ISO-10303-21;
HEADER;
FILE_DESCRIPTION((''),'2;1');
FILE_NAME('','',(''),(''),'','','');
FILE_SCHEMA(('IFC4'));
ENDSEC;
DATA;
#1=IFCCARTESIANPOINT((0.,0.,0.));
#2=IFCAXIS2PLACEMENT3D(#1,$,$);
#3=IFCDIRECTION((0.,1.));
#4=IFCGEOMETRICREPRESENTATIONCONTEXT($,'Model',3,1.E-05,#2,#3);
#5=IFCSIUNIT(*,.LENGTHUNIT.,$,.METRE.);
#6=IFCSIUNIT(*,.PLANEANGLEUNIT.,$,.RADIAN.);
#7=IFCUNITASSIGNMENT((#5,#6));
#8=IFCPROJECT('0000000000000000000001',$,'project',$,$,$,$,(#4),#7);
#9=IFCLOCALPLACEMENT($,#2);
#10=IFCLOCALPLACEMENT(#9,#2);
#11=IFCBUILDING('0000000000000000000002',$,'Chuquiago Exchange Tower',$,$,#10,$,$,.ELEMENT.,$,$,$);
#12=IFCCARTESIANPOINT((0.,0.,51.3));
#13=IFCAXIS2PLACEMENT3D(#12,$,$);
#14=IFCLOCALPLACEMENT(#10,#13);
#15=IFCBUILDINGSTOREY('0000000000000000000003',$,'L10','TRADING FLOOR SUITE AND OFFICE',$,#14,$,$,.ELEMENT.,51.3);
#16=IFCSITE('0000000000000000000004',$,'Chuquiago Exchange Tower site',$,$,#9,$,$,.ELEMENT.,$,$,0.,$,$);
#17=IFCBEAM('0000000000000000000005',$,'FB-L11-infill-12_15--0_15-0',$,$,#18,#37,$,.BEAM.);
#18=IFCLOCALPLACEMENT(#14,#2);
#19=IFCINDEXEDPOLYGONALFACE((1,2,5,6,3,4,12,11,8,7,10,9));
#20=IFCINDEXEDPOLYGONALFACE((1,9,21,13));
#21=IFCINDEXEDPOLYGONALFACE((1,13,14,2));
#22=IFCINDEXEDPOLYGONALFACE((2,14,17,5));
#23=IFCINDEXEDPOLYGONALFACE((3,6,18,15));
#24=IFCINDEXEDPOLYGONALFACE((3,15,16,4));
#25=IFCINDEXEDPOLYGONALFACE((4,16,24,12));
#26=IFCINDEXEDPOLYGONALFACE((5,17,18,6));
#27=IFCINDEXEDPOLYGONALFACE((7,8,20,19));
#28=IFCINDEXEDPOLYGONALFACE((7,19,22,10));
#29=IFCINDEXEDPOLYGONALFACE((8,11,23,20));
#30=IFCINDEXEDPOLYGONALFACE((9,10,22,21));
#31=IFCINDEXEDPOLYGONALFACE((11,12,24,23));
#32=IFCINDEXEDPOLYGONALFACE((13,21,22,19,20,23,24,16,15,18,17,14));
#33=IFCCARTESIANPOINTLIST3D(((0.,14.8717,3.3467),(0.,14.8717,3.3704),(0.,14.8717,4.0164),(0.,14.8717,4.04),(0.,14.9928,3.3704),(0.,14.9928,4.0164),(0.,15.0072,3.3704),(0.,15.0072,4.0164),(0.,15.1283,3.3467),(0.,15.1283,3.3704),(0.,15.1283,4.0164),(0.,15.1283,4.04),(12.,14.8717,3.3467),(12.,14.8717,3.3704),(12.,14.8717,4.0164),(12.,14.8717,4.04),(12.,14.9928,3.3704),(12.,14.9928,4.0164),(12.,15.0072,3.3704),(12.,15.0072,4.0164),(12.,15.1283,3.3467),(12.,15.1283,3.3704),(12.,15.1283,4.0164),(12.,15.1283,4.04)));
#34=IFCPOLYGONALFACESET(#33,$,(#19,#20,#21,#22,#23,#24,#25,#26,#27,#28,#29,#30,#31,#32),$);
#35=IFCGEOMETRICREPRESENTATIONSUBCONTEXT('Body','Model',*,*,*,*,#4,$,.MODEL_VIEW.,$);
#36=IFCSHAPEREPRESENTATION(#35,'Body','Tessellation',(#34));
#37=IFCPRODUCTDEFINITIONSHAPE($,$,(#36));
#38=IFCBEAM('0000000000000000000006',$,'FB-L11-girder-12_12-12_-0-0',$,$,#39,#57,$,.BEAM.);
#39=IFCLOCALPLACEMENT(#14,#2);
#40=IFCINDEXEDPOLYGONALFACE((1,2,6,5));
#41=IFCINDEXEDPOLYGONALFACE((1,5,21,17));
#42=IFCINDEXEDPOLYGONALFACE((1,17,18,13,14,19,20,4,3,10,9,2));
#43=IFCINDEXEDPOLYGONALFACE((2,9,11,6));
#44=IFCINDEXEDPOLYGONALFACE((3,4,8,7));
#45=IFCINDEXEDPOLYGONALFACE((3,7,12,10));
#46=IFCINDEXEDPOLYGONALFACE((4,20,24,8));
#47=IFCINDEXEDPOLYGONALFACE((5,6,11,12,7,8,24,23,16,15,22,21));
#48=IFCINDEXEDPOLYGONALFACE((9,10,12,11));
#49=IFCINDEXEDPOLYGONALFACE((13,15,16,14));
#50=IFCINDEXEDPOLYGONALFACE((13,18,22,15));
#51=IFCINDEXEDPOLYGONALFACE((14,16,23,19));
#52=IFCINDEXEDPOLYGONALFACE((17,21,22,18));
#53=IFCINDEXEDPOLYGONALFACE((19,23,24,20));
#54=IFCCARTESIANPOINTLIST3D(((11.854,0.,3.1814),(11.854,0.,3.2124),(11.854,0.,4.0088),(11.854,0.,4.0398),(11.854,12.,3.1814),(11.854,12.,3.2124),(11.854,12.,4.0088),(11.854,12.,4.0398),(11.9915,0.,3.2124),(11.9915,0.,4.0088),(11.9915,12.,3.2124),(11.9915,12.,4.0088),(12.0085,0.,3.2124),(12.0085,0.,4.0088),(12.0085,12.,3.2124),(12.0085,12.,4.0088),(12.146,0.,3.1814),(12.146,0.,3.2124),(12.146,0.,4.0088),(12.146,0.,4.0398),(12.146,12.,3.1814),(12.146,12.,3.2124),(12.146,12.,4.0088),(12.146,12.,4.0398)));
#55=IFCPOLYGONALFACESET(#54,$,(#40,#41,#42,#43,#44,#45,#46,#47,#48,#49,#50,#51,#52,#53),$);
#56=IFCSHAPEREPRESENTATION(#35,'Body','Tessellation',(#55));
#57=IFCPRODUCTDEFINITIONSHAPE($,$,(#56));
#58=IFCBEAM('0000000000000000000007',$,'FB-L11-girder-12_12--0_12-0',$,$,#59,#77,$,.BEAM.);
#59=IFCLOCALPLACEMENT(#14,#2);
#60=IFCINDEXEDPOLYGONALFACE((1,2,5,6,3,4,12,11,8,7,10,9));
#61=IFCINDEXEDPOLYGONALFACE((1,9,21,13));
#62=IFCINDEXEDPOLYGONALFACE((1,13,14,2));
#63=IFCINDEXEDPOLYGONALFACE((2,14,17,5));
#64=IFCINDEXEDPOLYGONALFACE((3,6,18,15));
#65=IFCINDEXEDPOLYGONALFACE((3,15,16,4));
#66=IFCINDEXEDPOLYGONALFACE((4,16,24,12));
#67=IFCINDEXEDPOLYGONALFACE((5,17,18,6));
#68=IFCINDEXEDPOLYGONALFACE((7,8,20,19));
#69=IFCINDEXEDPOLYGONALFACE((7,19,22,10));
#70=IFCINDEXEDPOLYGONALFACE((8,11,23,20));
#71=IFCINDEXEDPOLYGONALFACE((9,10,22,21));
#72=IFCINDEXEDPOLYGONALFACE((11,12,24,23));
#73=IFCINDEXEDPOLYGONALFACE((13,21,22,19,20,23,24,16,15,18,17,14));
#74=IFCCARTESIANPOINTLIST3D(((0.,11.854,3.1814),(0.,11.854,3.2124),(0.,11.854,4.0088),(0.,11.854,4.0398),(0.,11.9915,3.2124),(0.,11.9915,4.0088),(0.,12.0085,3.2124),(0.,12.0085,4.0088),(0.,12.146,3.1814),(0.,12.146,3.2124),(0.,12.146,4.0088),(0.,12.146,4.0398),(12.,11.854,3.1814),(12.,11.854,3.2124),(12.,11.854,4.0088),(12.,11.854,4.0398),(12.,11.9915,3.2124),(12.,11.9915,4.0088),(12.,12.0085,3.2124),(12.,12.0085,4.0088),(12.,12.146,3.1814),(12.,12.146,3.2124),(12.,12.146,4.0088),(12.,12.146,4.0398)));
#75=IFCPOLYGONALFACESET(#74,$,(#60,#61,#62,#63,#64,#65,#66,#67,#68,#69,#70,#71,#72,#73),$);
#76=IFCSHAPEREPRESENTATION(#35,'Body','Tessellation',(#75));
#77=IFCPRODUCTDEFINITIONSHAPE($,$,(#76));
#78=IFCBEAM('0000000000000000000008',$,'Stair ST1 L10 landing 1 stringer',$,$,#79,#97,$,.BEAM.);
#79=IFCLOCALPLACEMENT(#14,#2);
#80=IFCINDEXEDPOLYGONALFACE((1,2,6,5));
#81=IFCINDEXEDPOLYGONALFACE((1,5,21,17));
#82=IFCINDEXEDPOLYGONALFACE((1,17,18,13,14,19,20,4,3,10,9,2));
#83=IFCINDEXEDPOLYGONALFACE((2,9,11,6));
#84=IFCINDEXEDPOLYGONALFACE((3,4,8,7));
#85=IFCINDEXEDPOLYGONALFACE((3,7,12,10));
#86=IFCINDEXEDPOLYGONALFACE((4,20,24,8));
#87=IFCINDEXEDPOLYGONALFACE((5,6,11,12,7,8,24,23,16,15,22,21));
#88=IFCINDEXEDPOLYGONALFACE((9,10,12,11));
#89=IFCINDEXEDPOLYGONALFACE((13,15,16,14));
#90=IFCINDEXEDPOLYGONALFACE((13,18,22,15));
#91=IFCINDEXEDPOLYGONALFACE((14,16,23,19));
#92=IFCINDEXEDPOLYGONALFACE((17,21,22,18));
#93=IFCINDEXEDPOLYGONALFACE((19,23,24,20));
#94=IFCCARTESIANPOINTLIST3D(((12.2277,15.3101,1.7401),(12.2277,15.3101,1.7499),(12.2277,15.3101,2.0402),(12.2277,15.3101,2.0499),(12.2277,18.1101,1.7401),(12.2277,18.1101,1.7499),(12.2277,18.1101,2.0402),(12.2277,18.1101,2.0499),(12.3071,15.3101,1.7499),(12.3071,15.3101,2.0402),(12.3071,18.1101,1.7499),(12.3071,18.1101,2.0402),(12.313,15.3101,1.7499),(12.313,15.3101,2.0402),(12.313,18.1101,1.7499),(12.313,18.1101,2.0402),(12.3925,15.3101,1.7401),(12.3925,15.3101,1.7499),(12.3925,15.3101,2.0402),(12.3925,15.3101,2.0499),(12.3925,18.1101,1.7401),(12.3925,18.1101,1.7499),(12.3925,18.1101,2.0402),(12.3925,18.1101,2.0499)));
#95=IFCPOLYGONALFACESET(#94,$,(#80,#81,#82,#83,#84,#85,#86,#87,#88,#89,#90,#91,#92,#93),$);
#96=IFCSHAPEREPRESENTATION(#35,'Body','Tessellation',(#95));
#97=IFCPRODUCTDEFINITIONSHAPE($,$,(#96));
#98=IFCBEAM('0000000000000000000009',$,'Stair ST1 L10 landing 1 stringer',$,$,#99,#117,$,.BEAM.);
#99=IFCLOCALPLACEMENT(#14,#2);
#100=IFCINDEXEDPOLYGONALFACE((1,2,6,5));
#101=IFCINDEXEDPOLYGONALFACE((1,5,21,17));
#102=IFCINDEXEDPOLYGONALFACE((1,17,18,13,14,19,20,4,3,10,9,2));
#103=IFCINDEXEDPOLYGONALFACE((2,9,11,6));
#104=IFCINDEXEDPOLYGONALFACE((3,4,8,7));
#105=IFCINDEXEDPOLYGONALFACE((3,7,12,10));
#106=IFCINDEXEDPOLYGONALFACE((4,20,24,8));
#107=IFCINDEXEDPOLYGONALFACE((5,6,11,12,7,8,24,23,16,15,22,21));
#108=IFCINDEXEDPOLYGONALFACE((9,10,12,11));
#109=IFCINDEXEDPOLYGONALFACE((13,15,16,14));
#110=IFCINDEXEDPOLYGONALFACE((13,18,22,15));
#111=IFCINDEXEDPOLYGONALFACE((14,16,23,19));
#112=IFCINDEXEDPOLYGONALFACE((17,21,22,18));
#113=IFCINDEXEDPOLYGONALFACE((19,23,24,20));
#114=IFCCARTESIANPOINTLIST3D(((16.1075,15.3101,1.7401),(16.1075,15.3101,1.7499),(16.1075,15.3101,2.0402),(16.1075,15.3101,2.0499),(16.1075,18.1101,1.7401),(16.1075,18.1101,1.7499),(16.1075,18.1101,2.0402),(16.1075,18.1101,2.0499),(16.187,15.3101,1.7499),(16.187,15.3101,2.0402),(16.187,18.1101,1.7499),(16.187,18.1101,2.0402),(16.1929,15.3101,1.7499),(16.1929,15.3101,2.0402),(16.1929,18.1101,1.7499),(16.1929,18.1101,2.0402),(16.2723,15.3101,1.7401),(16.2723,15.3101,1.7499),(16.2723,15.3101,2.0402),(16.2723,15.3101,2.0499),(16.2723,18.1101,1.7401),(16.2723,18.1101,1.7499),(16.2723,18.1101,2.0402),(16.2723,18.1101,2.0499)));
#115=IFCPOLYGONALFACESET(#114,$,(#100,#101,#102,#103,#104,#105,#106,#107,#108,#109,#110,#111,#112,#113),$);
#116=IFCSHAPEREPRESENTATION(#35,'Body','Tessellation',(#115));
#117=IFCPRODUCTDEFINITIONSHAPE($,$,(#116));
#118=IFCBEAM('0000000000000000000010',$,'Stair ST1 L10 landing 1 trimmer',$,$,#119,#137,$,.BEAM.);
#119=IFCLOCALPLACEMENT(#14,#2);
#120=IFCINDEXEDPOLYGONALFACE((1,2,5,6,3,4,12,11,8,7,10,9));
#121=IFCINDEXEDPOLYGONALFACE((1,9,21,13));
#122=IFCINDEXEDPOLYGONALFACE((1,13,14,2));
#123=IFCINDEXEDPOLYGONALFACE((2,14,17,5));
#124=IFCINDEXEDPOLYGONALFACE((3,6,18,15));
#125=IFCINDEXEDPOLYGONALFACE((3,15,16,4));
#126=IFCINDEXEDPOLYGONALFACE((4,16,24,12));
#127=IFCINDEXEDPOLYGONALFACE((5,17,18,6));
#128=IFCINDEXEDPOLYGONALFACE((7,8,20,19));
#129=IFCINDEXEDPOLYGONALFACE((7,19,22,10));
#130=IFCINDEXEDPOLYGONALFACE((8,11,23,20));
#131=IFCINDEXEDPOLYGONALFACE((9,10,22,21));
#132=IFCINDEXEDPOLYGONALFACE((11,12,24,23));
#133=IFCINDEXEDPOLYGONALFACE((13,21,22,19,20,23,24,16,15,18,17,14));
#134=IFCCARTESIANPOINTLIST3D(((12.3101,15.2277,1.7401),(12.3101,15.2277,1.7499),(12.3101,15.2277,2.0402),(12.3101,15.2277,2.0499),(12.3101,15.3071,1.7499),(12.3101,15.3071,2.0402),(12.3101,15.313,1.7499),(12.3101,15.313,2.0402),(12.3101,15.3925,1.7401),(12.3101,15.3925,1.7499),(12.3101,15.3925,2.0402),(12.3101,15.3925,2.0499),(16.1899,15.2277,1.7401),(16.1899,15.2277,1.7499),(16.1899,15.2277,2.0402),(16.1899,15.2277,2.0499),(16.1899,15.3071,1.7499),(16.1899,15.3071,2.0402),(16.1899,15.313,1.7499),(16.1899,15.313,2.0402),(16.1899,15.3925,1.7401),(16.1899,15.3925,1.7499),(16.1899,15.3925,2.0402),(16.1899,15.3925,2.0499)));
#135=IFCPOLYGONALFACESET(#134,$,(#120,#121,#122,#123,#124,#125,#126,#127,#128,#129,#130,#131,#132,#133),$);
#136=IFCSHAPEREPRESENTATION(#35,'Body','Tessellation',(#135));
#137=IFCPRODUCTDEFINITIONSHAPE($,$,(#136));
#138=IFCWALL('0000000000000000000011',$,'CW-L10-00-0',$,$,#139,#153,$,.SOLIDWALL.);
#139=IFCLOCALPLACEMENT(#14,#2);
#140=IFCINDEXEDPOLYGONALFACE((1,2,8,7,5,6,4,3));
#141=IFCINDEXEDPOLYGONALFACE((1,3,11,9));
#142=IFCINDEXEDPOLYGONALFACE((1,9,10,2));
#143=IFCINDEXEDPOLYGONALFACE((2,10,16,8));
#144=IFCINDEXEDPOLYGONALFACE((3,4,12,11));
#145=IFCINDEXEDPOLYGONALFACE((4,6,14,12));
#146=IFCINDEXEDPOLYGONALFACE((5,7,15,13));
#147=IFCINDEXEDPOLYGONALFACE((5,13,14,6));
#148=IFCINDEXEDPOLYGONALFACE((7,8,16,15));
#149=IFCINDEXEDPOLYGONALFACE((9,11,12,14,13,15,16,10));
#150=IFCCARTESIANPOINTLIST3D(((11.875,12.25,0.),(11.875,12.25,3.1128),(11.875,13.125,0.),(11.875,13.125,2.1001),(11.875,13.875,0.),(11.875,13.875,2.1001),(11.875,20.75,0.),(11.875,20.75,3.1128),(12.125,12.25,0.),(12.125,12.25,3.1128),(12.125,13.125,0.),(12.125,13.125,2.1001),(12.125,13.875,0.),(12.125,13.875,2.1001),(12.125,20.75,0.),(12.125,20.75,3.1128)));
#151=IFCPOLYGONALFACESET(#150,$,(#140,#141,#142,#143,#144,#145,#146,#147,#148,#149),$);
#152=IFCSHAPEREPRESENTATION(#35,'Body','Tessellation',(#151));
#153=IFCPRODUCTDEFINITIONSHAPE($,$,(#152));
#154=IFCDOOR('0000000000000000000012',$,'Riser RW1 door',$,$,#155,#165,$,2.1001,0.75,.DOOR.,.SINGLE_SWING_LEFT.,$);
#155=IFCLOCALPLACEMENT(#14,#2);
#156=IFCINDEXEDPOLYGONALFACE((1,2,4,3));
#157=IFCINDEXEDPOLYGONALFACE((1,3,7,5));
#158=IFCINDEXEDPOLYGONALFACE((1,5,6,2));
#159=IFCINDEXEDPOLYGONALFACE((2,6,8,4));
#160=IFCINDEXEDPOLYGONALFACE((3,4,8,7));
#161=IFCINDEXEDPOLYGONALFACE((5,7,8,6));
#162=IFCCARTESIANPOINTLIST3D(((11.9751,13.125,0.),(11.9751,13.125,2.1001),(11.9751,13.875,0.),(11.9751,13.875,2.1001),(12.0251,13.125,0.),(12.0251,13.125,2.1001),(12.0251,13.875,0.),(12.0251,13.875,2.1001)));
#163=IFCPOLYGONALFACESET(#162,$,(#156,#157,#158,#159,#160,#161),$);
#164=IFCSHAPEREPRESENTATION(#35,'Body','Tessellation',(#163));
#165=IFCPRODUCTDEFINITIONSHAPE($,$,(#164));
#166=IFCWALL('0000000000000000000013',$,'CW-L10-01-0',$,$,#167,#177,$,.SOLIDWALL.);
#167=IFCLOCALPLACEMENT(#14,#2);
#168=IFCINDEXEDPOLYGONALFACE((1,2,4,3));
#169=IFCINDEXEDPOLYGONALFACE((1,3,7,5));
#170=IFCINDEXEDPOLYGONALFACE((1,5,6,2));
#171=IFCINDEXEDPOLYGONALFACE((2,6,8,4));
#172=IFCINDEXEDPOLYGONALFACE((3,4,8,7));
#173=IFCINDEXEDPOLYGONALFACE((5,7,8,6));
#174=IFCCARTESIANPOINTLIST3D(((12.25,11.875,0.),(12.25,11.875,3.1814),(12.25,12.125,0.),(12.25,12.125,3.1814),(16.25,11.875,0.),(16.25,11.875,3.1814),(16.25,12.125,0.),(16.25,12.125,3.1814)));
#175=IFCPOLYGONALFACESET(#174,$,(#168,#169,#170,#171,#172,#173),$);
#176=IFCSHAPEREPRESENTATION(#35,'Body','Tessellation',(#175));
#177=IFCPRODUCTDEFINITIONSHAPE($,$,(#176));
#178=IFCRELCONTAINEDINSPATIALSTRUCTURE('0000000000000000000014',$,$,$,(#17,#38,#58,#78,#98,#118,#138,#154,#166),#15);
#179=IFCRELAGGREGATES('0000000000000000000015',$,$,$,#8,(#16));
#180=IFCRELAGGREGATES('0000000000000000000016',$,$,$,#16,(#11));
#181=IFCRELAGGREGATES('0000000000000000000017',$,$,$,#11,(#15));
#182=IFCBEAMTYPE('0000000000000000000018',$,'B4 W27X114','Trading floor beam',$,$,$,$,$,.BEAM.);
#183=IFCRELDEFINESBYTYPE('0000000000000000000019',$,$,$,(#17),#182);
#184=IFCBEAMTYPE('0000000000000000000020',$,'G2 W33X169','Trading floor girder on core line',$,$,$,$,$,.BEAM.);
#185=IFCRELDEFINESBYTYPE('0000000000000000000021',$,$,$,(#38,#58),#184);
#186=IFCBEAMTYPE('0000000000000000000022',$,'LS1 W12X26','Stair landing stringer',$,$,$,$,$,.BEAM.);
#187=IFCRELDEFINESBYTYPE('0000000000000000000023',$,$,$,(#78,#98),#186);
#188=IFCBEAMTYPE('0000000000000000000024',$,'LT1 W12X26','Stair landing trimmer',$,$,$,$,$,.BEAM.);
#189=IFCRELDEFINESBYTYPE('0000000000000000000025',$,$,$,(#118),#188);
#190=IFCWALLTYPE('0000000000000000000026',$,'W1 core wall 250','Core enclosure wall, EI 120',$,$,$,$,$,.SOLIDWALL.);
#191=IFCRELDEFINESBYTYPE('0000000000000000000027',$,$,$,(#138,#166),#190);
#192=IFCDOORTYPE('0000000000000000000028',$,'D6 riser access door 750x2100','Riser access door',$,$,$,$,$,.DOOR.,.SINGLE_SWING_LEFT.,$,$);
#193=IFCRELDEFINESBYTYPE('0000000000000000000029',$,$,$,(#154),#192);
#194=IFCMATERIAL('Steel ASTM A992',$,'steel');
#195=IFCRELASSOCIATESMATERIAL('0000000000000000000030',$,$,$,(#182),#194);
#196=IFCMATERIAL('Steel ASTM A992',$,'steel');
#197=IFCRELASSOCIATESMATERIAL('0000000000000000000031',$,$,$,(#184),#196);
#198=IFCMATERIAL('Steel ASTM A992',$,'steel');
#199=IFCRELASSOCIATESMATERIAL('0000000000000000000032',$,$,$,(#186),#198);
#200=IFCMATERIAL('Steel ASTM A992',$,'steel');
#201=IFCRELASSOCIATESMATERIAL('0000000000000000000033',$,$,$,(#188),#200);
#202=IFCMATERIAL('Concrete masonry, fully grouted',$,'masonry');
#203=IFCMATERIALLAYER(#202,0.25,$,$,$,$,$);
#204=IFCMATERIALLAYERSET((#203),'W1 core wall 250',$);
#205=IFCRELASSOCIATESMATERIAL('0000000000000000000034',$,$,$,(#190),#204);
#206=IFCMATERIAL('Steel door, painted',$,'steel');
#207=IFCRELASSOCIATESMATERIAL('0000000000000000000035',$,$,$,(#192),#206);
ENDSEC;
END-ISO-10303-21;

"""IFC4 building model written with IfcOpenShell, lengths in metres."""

from ifc_helpers import new_model, si_unit, direction, frame, frame_2d, origin, origin_2d, place, context, subcontext, project, spatial, rectangle, i_section, extrude, material, layer, layer_set, material_profile, profile_set, type_object, element, fill, save


model = new_model("IFC4")

# Units and contexts
model_context = context("Model", 3, precision=1e-05, world=origin(), true_north=direction((0.0, 1.0)))
body_context = subcontext(model_context, "Body", "Model", "MODEL_VIEW")
ifc_project = project(units=[si_unit("LENGTHUNIT", "METRE"), si_unit("PLANEANGLEUNIT", "RADIAN")], contexts=[model_context])

# Site, building, storey
site_placement = place(None, origin())
site = spatial("IfcSite", under=ifc_project, at=site_placement, Name="Chuquiago Exchange Tower site", CompositionType="ELEMENT", RefElevation=0.0)
building_placement = place(site_placement, origin())
building = spatial("IfcBuilding", under=site, at=building_placement, Name="Chuquiago Exchange Tower", CompositionType="ELEMENT")
storey_placement = place(building_placement, frame((0.0, 0.0, 51.3)))
storey = spatial("IfcBuildingStorey", under=building, at=storey_placement, Name="L10", Description="TRADING FLOOR SUITE AND OFFICE", CompositionType="ELEMENT", Elevation=51.3)

# Beams
ifc_material_1 = material(Name="Steel ASTM A992", Category="steel")
ifc_material_profile_1 = material_profile(ifc_material_1, i_section(OverallWidth=0.2566, OverallDepth=0.6934, WebThickness=0.0144, FlangeThickness=0.0237, at=origin_2d()), Name="W27X114")
ifc_profile_set_1 = profile_set([ifc_material_profile_1], Name="Steel ASTM A992")
beam_type_1 = type_object("IfcBeamType", Name="B4 W27X114", Description="Trading floor beam", PredefinedType="BEAM", material=ifc_profile_set_1)
for number, where, z_axis, x_axis, name in (
    (1, (12.0, 15.0, 3.6934), (-1.0, 0.0, 0.0), (0.0, -1.0, 0.0), "FB-L11-infill-12_15--0_15-0"),
):
    element("IfcBeam", number, at=place(storey_placement, frame(where, z_axis=z_axis, x_axis=x_axis)), inside=storey, type_object=beam_type_1, Name=name, PredefinedType="BEAM", context=body_context, shape_type="SweptSolid", body=[
        extrude(i_section(OverallWidth=0.2566, OverallDepth=0.6934, WebThickness=0.0144, FlangeThickness=0.0237, at=origin_2d()), origin(), (0.0, 0.0, 1.0), 12.0),
    ])
ifc_material_2 = material(Name="Steel ASTM A992", Category="steel")
ifc_material_profile_2 = material_profile(ifc_material_2, i_section(OverallWidth=0.292, OverallDepth=0.8584, WebThickness=0.0171, FlangeThickness=0.031, at=origin_2d()), Name="W33X169")
ifc_profile_set_2 = profile_set([ifc_material_profile_2], Name="Steel ASTM A992")
beam_type_2 = type_object("IfcBeamType", Name="G2 W33X169", Description="Trading floor girder on core line", PredefinedType="BEAM", material=ifc_profile_set_2)
for number, where, z_axis, x_axis, name in (
    (2, (12.0, 12.0, 3.6106), (0.0, -1.0, 0.0), (1.0, 0.0, 0.0), "FB-L11-girder-12_12-12_-0-0"),
    (3, (12.0, 12.0, 3.6106), (-1.0, 0.0, 0.0), (0.0, -1.0, 0.0), "FB-L11-girder-12_12--0_12-0"),
):
    element("IfcBeam", number, at=place(storey_placement, frame(where, z_axis=z_axis, x_axis=x_axis)), inside=storey, type_object=beam_type_2, Name=name, PredefinedType="BEAM", context=body_context, shape_type="SweptSolid", body=[
        extrude(i_section(OverallWidth=0.292, OverallDepth=0.8584, WebThickness=0.0171, FlangeThickness=0.031, at=origin_2d()), origin(), (0.0, 0.0, 1.0), 12.0),
    ])
ifc_material_3 = material(Name="Steel ASTM A992", Category="steel")
ifc_material_profile_3 = material_profile(ifc_material_3, i_section(OverallWidth=0.1648, OverallDepth=0.3098, WebThickness=0.0059, FlangeThickness=0.0098, at=origin_2d()), Name="W12X26")
ifc_profile_set_3 = profile_set([ifc_material_profile_3], Name="Steel ASTM A992")
beam_type_3 = type_object("IfcBeamType", Name="LS1 W12X26", Description="Stair landing stringer", PredefinedType="BEAM", material=ifc_profile_set_3)
for number, where, z_axis, x_axis, name in (
    (4, (12.3101, 15.3101, 1.895), (0.0, 1.0, 0.0), (-1.0, 0.0, 0.0), "Stair ST1 L10 landing 1 stringer"),
    (5, (16.1899, 15.3101, 1.895), (0.0, 1.0, 0.0), (-1.0, 0.0, 0.0), "Stair ST1 L10 landing 1 stringer"),
):
    element("IfcBeam", number, at=place(storey_placement, frame(where, z_axis=z_axis, x_axis=x_axis)), inside=storey, type_object=beam_type_3, Name=name, PredefinedType="BEAM", context=body_context, shape_type="SweptSolid", body=[
        extrude(i_section(OverallWidth=0.1648, OverallDepth=0.3098, WebThickness=0.0059, FlangeThickness=0.0098, at=origin_2d()), origin(), (0.0, 0.0, 1.0), 2.8),
    ])
ifc_material_4 = material(Name="Steel ASTM A992", Category="steel")
ifc_material_profile_4 = material_profile(ifc_material_4, i_section(OverallWidth=0.1648, OverallDepth=0.3098, WebThickness=0.0059, FlangeThickness=0.0098, at=origin_2d()), Name="W12X26")
ifc_profile_set_4 = profile_set([ifc_material_profile_4], Name="Steel ASTM A992")
beam_type_4 = type_object("IfcBeamType", Name="LT1 W12X26", Description="Stair landing trimmer", PredefinedType="BEAM", material=ifc_profile_set_4)
beam_1_placement = place(storey_placement, frame((12.3101, 15.3101, 1.895), z_axis=(1.0, 0.0, 0.0), x_axis=(0.0, 1.0, 0.0)))
element("IfcBeam", 6, at=beam_1_placement, inside=storey, type_object=beam_type_4, Name="Stair ST1 L10 landing 1 trimmer", PredefinedType="BEAM", context=body_context, shape_type="SweptSolid", body=[
    extrude(i_section(OverallWidth=0.1648, OverallDepth=0.3098, WebThickness=0.0059, FlangeThickness=0.0098, at=origin_2d()), origin(), (0.0, 0.0, 1.0), 3.8799),
])

# Wall, opening, door
ifc_material_5 = material(Name="Concrete masonry, fully grouted", Category="masonry")
ifc_layer_1 = layer(ifc_material_5, 0.25)
ifc_layer_set_1 = layer_set([ifc_layer_1], Name="W1 core wall 250")
wall_type_1 = type_object("IfcWallType", Name="W1 core wall 250", Description="Core enclosure wall, EI 120", PredefinedType="SOLIDWALL", material=ifc_layer_set_1)
wall_1_placement = place(storey_placement, frame((12.0, 12.25, 0.0), z_axis=(0.0, 0.0, 1.0), x_axis=(0.0, 1.0, 0.0)))
wall_1 = element("IfcWall", 7, at=wall_1_placement, inside=storey, type_object=wall_type_1, Name="CW-L10-00-0", PredefinedType="SOLIDWALL", context=body_context, shape_type="SweptSolid", body=[
    extrude(rectangle(XDim=8.5, YDim=0.25, at=frame_2d((4.25, 0.0))), origin(), (0.0, 0.0, 1.0), 3.1128),
])
opening_placement = place(wall_1_placement, frame((0.875, 0.0, 0.0)))
opening = element("IfcOpeningElement", 8, at=opening_placement, cuts=wall_1, PredefinedType="OPENING", context=body_context, shape_type="SweptSolid", body=[
    extrude(rectangle(XDim=0.75, YDim=2.1001, at=frame_2d((0.375, 1.05))), frame((0.0, 0.135, 0.0), z_axis=(0.0, -1.0, 0.0), x_axis=(1.0, 0.0, 0.0)), (0.0, 0.0, 1.0), 0.27),
])
ifc_material_6 = material(Name="Steel door, painted", Category="steel")
door_type = type_object("IfcDoorType", Name="D6 riser access door 750x2100", Description="Riser access door", OperationType="SINGLE_SWING_LEFT", PredefinedType="DOOR", material=ifc_material_6)
door_placement = place(opening_placement, origin())
door = element("IfcDoor", 9, at=door_placement, inside=storey, type_object=door_type, Name="Riser RW1 door", OperationType="SINGLE_SWING_LEFT", OverallHeight=2.1001, OverallWidth=0.75, PredefinedType="DOOR", context=body_context, shape_type="SweptSolid", body=[
    extrude(rectangle(XDim=0.75, YDim=2.1001, at=frame_2d((0.375, 1.05))), frame((0.0, 0.0249, 0.0), z_axis=(0.0, -1.0, 0.0), x_axis=(1.0, 0.0, 0.0)), (0.0, 0.0, 1.0), 0.05),
])
fill(opening, door)

# Wall
wall_2_placement = place(storey_placement, frame((12.25, 12.0, 0.0), z_axis=(0.0, 0.0, 1.0), x_axis=(1.0, 0.0, 0.0)))
element("IfcWall", 10, at=wall_2_placement, inside=storey, type_object=wall_type_1, Name="CW-L10-01-0", PredefinedType="SOLIDWALL", context=body_context, shape_type="SweptSolid", body=[
    extrude(rectangle(XDim=4.0, YDim=0.25, at=frame_2d((2.0, 0.0))), origin(), (0.0, 0.0, 1.0), 3.1814),
])

save(model, "model.ifc")
